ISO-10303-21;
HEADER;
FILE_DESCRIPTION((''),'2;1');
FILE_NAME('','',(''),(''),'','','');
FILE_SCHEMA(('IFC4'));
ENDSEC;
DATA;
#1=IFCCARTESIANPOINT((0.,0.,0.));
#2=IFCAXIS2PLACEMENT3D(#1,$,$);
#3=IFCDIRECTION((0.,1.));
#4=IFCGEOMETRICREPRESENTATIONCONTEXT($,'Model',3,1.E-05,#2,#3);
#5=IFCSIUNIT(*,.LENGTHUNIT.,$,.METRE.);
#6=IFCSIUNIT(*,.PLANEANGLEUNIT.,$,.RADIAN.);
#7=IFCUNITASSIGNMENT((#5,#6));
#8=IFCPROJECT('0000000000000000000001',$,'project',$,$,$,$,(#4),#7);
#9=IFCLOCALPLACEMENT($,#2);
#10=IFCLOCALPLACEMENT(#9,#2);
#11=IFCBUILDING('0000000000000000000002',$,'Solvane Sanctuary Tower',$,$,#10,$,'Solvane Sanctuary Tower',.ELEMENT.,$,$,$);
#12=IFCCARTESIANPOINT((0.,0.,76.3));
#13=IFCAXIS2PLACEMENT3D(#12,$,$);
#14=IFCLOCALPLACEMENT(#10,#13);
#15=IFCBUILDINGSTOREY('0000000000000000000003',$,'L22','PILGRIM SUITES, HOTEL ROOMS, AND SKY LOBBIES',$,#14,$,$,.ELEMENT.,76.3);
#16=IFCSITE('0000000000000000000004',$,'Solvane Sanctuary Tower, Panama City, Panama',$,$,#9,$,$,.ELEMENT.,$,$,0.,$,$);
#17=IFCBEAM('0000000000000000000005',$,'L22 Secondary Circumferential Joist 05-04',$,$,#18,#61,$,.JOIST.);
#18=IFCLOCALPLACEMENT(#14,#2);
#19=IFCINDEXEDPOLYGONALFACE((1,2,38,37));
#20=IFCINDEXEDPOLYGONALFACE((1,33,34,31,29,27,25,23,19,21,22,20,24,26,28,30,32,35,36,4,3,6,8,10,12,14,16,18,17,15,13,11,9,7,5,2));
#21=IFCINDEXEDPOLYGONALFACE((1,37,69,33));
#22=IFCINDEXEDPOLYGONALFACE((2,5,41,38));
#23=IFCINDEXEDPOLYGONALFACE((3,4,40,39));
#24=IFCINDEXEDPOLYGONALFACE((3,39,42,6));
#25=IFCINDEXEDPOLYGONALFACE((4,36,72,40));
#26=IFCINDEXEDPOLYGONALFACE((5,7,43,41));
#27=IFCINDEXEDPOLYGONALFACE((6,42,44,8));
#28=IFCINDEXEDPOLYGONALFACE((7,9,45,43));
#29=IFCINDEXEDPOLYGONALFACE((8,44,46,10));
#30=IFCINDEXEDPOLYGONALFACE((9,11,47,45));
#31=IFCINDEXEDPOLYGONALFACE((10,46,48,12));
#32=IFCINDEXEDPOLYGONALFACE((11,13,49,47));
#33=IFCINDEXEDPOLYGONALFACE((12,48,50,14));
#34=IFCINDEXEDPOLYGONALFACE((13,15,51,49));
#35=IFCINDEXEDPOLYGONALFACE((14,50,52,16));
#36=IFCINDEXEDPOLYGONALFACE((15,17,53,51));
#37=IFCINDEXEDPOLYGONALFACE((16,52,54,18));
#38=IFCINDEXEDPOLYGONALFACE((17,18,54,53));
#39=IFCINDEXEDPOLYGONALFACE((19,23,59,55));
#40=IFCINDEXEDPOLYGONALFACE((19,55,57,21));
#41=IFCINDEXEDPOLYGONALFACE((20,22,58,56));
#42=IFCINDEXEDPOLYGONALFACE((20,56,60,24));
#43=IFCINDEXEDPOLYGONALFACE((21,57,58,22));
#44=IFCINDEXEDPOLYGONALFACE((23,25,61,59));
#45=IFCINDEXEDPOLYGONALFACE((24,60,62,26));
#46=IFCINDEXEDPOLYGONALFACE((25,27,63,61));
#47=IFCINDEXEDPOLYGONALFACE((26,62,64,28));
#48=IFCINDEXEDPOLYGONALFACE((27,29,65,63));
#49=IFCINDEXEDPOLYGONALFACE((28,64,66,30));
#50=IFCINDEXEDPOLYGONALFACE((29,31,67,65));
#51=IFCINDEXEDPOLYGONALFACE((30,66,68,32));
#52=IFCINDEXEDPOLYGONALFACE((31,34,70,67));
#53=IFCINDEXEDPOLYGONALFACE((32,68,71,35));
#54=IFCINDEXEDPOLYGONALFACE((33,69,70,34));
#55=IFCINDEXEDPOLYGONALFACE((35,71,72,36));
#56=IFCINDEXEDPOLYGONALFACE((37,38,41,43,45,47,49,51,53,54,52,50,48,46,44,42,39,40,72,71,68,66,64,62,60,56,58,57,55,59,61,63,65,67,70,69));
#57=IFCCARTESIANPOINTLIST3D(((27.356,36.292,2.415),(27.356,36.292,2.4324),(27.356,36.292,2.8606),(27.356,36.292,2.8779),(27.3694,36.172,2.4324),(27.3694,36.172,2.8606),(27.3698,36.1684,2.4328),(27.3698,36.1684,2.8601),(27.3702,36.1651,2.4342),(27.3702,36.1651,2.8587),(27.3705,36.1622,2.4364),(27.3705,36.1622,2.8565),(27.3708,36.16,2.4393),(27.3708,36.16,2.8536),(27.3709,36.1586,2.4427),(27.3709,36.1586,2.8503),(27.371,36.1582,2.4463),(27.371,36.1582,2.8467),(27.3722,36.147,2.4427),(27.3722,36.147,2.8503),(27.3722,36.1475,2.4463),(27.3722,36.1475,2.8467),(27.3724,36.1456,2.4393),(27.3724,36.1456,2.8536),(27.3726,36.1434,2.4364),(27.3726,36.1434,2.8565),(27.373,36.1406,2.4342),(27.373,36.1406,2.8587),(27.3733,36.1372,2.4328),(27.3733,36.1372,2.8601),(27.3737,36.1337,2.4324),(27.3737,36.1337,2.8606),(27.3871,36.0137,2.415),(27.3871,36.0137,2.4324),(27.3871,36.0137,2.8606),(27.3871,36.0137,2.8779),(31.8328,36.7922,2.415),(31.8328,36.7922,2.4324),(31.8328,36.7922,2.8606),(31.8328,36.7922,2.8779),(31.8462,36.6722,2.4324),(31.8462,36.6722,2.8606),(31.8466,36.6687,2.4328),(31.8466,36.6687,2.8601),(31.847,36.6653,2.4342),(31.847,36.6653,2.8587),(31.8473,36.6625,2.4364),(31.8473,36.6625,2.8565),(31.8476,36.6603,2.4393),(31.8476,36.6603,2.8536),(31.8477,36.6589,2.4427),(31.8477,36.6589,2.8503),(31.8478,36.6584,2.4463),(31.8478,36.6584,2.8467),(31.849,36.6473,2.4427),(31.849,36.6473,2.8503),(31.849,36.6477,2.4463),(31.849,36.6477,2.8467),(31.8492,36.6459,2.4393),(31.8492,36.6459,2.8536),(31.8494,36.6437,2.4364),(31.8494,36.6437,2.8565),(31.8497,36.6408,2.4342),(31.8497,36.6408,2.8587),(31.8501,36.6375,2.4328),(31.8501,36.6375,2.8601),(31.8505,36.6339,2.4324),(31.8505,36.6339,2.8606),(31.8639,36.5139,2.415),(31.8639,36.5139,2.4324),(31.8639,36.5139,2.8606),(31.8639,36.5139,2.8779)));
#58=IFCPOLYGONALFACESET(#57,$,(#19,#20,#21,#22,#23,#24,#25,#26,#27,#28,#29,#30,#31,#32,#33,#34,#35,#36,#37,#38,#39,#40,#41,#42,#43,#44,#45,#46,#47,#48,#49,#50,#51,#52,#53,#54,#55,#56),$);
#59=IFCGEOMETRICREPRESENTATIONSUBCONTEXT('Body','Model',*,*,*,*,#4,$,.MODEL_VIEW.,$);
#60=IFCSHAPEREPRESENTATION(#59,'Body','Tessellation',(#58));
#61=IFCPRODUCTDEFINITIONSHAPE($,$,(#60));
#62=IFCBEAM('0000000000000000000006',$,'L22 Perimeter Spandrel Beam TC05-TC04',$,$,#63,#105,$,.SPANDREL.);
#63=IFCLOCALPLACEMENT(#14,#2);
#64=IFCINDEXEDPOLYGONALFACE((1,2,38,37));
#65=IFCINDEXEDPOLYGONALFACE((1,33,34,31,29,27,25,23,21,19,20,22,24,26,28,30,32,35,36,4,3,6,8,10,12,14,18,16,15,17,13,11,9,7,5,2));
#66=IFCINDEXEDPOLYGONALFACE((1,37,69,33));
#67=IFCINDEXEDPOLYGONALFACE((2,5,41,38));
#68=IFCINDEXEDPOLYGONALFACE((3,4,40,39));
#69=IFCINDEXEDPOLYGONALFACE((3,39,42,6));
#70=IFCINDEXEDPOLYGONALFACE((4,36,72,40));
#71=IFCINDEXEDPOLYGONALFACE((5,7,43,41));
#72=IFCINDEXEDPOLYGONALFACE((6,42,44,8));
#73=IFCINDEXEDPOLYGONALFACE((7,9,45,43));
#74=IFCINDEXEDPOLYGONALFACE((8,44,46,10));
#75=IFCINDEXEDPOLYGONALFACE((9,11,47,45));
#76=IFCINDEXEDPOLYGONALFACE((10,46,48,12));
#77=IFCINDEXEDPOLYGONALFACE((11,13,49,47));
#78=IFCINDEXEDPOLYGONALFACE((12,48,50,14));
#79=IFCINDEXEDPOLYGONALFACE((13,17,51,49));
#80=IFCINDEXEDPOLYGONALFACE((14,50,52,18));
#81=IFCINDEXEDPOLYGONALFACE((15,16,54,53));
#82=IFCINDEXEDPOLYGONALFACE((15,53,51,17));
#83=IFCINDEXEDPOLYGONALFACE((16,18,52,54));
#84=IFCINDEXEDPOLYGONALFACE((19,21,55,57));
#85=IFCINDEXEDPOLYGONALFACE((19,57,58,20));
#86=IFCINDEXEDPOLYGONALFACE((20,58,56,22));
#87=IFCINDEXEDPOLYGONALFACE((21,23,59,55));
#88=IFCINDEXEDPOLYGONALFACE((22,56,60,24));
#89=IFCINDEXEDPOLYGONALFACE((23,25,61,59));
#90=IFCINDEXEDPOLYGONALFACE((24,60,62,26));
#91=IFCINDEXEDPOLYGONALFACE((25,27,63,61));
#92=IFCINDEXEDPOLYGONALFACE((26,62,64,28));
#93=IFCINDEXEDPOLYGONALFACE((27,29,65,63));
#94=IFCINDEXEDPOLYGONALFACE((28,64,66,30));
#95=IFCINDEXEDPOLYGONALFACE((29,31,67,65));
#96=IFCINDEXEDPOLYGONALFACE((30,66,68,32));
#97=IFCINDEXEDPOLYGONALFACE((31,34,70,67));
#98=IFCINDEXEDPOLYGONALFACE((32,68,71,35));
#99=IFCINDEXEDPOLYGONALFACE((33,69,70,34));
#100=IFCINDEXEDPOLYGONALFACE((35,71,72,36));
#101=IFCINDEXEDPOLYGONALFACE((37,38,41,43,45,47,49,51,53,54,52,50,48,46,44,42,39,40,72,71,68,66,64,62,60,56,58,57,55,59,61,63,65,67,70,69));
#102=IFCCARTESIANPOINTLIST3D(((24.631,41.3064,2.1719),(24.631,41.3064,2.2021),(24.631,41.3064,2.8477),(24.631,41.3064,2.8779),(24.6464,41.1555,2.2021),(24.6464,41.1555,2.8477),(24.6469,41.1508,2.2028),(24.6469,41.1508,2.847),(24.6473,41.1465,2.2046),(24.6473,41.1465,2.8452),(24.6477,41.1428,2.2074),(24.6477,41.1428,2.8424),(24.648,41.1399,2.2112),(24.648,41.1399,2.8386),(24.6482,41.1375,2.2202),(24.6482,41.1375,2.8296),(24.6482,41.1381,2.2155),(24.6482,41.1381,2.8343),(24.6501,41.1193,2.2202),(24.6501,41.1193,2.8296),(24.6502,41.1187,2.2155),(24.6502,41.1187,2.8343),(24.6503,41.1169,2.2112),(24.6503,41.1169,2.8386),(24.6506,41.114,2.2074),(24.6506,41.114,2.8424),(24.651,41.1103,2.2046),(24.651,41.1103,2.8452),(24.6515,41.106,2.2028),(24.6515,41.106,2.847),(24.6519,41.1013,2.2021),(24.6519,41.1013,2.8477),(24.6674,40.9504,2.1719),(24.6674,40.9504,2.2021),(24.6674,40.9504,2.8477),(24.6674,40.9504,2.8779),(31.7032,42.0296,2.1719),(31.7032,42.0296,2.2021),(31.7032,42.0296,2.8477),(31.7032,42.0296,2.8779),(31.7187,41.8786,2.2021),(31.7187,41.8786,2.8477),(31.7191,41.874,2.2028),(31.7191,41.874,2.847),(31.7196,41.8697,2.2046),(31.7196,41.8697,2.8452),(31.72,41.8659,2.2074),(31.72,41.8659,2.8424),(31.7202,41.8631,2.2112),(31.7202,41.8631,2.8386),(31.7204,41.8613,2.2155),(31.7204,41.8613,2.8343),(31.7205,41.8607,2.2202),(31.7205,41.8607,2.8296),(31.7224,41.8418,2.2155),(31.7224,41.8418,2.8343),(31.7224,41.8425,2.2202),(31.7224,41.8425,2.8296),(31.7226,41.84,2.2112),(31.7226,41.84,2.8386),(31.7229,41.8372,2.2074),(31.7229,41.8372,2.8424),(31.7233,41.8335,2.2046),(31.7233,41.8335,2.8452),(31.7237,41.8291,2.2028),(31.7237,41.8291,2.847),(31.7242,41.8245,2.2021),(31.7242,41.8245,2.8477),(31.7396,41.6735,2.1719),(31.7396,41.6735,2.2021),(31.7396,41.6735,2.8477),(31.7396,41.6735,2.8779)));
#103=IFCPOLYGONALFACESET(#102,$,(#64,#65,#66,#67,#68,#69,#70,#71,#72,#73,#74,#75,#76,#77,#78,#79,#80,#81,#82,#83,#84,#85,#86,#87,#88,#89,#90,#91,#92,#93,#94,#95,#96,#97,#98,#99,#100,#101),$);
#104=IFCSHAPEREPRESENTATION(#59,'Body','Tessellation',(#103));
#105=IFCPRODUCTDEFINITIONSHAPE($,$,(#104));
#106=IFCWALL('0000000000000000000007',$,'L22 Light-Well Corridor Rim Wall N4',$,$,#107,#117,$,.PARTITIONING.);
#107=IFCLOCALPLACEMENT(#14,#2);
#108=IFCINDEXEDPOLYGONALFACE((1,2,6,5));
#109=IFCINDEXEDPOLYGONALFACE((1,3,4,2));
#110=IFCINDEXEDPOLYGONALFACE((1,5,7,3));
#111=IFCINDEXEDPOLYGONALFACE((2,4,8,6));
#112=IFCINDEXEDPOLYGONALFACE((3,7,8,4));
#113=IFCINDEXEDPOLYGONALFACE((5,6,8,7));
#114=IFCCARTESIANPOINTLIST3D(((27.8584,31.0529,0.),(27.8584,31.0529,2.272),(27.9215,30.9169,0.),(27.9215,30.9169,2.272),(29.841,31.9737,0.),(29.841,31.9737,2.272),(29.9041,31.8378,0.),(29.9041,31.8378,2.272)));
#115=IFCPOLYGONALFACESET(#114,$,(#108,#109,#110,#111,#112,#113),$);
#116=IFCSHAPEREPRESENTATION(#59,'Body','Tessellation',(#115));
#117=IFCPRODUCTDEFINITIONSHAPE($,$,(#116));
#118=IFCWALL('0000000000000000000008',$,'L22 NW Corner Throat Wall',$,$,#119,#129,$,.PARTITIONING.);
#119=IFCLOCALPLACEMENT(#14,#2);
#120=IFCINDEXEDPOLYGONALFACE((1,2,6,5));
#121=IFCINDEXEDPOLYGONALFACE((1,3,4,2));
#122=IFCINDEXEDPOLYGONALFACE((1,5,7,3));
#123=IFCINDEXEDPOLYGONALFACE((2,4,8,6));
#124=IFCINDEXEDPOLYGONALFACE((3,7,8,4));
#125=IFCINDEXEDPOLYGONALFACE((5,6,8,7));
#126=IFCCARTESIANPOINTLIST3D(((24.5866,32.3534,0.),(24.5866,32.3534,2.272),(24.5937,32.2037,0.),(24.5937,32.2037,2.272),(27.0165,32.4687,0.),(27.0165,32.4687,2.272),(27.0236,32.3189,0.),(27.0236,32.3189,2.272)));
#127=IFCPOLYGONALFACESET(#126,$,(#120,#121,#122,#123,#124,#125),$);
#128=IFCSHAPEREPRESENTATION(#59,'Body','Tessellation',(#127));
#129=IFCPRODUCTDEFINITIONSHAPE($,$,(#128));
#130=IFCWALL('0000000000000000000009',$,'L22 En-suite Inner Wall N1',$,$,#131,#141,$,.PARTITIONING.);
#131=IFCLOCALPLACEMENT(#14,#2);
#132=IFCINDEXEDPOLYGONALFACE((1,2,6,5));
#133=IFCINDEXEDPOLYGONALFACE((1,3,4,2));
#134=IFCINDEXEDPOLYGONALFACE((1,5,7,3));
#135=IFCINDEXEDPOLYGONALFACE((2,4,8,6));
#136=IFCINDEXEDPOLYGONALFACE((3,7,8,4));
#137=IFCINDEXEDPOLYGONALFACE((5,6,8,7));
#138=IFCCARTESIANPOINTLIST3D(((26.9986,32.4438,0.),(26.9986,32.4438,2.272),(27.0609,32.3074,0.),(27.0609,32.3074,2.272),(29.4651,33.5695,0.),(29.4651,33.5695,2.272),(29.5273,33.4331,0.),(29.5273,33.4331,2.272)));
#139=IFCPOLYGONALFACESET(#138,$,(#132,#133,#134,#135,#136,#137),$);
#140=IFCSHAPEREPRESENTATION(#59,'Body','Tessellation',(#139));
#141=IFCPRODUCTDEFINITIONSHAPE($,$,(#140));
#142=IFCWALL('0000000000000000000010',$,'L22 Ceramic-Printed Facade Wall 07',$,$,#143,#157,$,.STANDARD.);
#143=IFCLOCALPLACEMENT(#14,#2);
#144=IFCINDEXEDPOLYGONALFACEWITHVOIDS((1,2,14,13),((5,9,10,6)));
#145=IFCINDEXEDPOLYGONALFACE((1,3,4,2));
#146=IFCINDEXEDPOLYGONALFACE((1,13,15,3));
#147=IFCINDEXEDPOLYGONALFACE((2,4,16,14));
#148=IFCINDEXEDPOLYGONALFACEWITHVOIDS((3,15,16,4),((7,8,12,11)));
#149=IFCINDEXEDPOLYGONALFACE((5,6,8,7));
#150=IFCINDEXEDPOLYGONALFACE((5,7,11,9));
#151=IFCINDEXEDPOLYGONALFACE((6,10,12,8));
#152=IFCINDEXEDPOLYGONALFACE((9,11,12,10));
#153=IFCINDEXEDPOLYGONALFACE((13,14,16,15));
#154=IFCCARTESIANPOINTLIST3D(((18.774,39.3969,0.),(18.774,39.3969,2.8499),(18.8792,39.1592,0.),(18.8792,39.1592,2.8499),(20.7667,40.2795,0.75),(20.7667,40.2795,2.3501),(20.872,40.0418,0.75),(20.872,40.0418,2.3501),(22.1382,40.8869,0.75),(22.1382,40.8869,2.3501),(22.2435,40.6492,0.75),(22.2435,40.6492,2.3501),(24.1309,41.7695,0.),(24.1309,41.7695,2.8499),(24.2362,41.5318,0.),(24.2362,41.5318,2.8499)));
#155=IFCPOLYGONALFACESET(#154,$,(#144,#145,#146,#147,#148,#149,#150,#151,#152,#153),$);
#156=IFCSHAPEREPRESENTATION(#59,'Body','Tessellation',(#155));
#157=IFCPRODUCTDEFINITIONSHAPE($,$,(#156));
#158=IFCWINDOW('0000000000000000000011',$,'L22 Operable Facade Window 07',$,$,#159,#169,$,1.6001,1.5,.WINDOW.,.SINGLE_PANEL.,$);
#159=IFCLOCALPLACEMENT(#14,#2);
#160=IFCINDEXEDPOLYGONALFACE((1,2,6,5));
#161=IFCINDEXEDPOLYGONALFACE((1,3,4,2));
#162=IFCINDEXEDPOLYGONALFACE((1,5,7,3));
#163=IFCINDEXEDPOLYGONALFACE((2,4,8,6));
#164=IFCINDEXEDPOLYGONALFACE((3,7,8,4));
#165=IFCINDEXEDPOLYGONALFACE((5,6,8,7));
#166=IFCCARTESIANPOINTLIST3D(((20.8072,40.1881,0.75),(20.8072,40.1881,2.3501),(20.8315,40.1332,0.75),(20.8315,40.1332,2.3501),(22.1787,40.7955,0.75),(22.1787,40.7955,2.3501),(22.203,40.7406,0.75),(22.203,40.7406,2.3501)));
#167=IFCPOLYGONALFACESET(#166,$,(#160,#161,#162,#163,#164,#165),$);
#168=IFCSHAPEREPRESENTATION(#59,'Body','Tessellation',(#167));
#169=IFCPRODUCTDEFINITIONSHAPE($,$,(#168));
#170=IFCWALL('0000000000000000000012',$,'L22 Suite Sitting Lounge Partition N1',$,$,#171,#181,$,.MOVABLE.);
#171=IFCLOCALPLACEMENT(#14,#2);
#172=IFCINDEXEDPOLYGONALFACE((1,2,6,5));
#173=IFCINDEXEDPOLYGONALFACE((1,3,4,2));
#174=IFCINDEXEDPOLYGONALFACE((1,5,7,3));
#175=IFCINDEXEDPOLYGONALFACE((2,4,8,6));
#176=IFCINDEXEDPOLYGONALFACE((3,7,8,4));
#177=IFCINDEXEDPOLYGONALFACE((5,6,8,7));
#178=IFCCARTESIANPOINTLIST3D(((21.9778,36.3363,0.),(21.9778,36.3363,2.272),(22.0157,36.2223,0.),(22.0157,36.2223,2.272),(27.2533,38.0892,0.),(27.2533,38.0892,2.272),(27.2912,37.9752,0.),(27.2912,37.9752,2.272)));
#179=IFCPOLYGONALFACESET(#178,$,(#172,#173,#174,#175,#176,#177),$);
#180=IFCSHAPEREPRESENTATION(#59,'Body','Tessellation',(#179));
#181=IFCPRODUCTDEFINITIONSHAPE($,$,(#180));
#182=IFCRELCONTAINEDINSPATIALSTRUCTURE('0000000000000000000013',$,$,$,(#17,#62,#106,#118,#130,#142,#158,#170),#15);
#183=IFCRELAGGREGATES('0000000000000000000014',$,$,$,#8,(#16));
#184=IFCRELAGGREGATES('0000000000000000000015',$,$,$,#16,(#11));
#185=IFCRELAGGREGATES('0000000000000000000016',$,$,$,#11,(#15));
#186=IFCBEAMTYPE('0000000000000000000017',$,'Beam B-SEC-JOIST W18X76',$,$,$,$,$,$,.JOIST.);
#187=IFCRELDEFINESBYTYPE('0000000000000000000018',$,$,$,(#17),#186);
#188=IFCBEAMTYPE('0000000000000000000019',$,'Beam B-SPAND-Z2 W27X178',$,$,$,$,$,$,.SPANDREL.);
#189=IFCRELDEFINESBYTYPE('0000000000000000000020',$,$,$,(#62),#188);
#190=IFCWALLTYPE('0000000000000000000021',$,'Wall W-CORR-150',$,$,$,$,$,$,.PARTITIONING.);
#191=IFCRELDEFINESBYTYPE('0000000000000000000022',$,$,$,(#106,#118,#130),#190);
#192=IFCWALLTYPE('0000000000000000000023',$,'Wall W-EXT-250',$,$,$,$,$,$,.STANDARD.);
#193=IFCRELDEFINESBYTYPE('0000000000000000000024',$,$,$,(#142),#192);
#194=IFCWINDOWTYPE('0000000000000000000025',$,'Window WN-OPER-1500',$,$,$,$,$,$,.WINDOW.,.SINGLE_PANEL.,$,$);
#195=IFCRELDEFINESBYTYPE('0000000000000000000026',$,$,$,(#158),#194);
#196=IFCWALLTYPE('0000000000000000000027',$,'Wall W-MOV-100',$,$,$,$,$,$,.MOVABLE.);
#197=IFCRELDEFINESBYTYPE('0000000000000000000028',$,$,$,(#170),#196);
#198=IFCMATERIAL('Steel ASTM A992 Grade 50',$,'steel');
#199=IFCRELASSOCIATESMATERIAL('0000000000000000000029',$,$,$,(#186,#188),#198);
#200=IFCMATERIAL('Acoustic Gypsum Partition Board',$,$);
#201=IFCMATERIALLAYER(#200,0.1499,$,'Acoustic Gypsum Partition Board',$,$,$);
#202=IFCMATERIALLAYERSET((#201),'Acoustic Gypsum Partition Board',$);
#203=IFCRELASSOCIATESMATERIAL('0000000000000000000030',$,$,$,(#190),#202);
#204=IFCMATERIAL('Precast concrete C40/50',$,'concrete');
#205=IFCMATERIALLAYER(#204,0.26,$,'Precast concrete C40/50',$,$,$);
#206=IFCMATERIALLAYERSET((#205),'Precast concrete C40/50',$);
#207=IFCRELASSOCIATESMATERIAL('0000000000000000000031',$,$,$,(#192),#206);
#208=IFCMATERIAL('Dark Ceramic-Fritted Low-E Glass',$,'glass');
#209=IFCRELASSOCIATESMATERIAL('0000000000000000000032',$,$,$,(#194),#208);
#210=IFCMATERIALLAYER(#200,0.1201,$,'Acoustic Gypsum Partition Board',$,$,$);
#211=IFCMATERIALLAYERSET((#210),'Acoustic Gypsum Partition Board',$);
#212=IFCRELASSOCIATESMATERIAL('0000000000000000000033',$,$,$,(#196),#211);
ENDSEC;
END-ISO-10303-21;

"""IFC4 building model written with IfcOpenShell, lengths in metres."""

from ifc_helpers import new_model, si_unit, direction, frame, frame_2d, origin, origin_2d, place, context, subcontext, project, spatial, rectangle, i_section, extrude, material, layer, layer_set, material_profile, profile_set, type_object, element, fill, save


model = new_model("IFC4")

# Units and contexts
model_context = context("Model", 3, precision=1e-05, world=origin(), true_north=direction((0.0, 1.0)))
body_context = subcontext(model_context, "Body", "Model", "MODEL_VIEW")
ifc_project = project(units=[si_unit("LENGTHUNIT", "METRE"), si_unit("PLANEANGLEUNIT", "RADIAN")], contexts=[model_context])

# Site, building, storey
site_placement = place(None, origin())
site = spatial("IfcSite", under=ifc_project, at=site_placement, Name="Solvane Sanctuary Tower, Panama City, Panama", CompositionType="ELEMENT", RefElevation=0.0)
building_placement = place(site_placement, origin())
building = spatial("IfcBuilding", under=site, at=building_placement, Name="Solvane Sanctuary Tower", LongName="Solvane Sanctuary Tower", CompositionType="ELEMENT")
storey_placement = place(building_placement, frame((0.0, 0.0, 76.3)))
storey = spatial("IfcBuildingStorey", under=building, at=storey_placement, Name="L22", Description="PILGRIM SUITES, HOTEL ROOMS, AND SKY LOBBIES", CompositionType="ELEMENT", Elevation=76.3)

# Beams
ifc_material_1 = material(Name="Steel ASTM A992 Grade 50", Category="steel")
ifc_material_profile_1 = material_profile(ifc_material_1, i_section(OverallWidth=0.28, OverallDepth=0.4629, WebThickness=0.0107, FlangeThickness=0.0173, FilletRadius=0.0139, at=origin_2d()), Name="W18X76")
ifc_profile_set_1 = profile_set([ifc_material_profile_1], Name="Steel ASTM A992 Grade 50")
beam_type_1 = type_object("IfcBeamType", Name="Beam B-SEC-JOIST W18X76", PredefinedType="JOIST", material=ifc_profile_set_1)
beam_1_placement = place(storey_placement, frame((27.3716, 36.1528, 2.6465), z_axis=(0.993815, 0.11105, 0.0), x_axis=(-0.11105, 0.993815, 0.0)))
element("IfcBeam", 1, at=beam_1_placement, inside=storey, type_object=beam_type_1, Name="L22 Secondary Circumferential Joist 05-04", PredefinedType="JOIST", context=body_context, shape_type="SweptSolid", body=[
    extrude(i_section(OverallWidth=0.28, OverallDepth=0.4629, WebThickness=0.0107, FlangeThickness=0.0173, FilletRadius=0.0139, at=origin_2d()), origin(), (0.0, 0.0, 1.0), 4.5046),
])
ifc_material_profile_2 = material_profile(ifc_material_1, i_section(OverallWidth=0.3579, OverallDepth=0.7061, WebThickness=0.0183, FlangeThickness=0.0303, FilletRadius=0.0181, at=origin_2d()), Name="W27X178")
ifc_profile_set_2 = profile_set([ifc_material_profile_2], Name="Steel ASTM A992 Grade 50")
beam_type_2 = type_object("IfcBeamType", Name="Beam B-SPAND-Z2 W27X178", PredefinedType="SPANDREL", material=ifc_profile_set_2)
beam_2_placement = place(storey_placement, frame((24.6492, 41.1284, 2.5249), z_axis=(0.994813, 0.10172, 0.0), x_axis=(-0.10172, 0.994813, 0.0)))
element("IfcBeam", 2, at=beam_2_placement, inside=storey, type_object=beam_type_2, Name="L22 Perimeter Spandrel Beam TC05-TC04", PredefinedType="SPANDREL", context=body_context, shape_type="SweptSolid", body=[
    extrude(i_section(OverallWidth=0.3579, OverallDepth=0.7061, WebThickness=0.0183, FlangeThickness=0.0303, FilletRadius=0.0181, at=origin_2d()), origin(), (0.0, 0.0, 1.0), 7.1091),
])

# Walls
ifc_material_2 = material(Name="Acoustic Gypsum Partition Board")
ifc_layer_1 = layer(ifc_material_2, 0.1499, Name="Acoustic Gypsum Partition Board")
ifc_layer_set_1 = layer_set([ifc_layer_1], Name="Acoustic Gypsum Partition Board")
wall_type_1 = type_object("IfcWallType", Name="Wall W-CORR-150", PredefinedType="PARTITIONING", material=ifc_layer_set_1)
wall_1_placement = place(storey_placement, frame((29.8726, 31.9058, 0.0), z_axis=(0.0, 0.0, 1.0), x_axis=(-0.906943, -0.421252, 0.0)))
element("IfcWall", 3, at=wall_1_placement, inside=storey, type_object=wall_type_1, Name="L22 Light-Well Corridor Rim Wall N4", PredefinedType="PARTITIONING", context=body_context, shape_type="SweptSolid", body=[
    extrude(rectangle(XDim=2.186, YDim=0.1499, at=frame_2d((1.093, 0.0))), origin(), (0.0, 0.0, 1.0), 2.272),
])
wall_2_placement = place(storey_placement, frame((27.02, 32.3938, 0.0), z_axis=(0.0, 0.0, 1.0), x_axis=(-0.998877, -0.04737, 0.0)))
element("IfcWall", 4, at=wall_2_placement, inside=storey, type_object=wall_type_1, Name="L22 NW Corner Throat Wall", PredefinedType="PARTITIONING", context=body_context, shape_type="SweptSolid", body=[
    extrude(rectangle(XDim=2.4326, YDim=0.1499, at=frame_2d((1.2163, 0.0))), origin(), (0.0, 0.0, 1.0), 2.272),
])
wall_3_placement = place(storey_placement, frame((29.4961, 33.5012, 0.0), z_axis=(0.0, 0.0, 1.0), x_axis=(-0.90973, -0.4152, 0.0)))
element("IfcWall", 5, at=wall_3_placement, inside=storey, type_object=wall_type_1, Name="L22 En-suite Inner Wall N1", PredefinedType="PARTITIONING", context=body_context, shape_type="SweptSolid", body=[
    extrude(rectangle(XDim=2.7112, YDim=0.1499, at=frame_2d((1.3555, 0.0))), origin(), (0.0, 0.0, 1.0), 2.272),
])

# Wall, opening, window
ifc_material_3 = material(Name="Precast concrete C40/50", Category="concrete")
ifc_layer_2 = layer(ifc_material_3, 0.26, Name="Precast concrete C40/50")
ifc_layer_set_2 = layer_set([ifc_layer_2], Name="Precast concrete C40/50")
wall_type_2 = type_object("IfcWallType", Name="Wall W-EXT-250", PredefinedType="STANDARD", material=ifc_layer_set_2)
wall_4_placement = place(storey_placement, frame((24.1836, 41.6506, 0.0), z_axis=(0.0, 0.0, 1.0), x_axis=(-0.914337, -0.404955, 0.0)))
wall_4 = element("IfcWall", 6, at=wall_4_placement, inside=storey, type_object=wall_type_2, Name="L22 Ceramic-Printed Facade Wall 07", PredefinedType="STANDARD", context=body_context, shape_type="SweptSolid", body=[
    extrude(rectangle(XDim=5.8589, YDim=0.26, at=frame_2d((2.9294, 0.0))), origin(), (0.0, 0.0, 1.0), 2.8499),
])
opening_1_placement = place(wall_4_placement, frame((2.1794, 0.0, 0.75)))
opening_1 = element("IfcOpeningElement", 7, at=opening_1_placement, cuts=wall_4, PredefinedType="OPENING", context=body_context, shape_type="SweptSolid", body=[
    extrude(rectangle(XDim=1.5, YDim=1.6001, at=frame_2d((0.75, 0.8))), frame((0.0, 0.1399, 0.0), z_axis=(0.0, -1.0, 0.0), x_axis=(1.0, 0.0, 0.0)), (0.0, 0.0, 1.0), 0.28),
])
ifc_material_4 = material(Name="Dark Ceramic-Fritted Low-E Glass", Category="glass")
window_type = type_object("IfcWindowType", Name="Window WN-OPER-1500", PartitioningType="SINGLE_PANEL", PredefinedType="WINDOW", material=ifc_material_4)
window_placement = place(opening_1_placement, origin())
window = element("IfcWindow", 8, at=window_placement, inside=storey, type_object=window_type, Name="L22 Operable Facade Window 07", OverallHeight=1.6001, OverallWidth=1.5, PartitioningType="SINGLE_PANEL", PredefinedType="WINDOW", context=body_context, shape_type="SweptSolid", body=[
    extrude(rectangle(XDim=1.5, YDim=1.6001, at=frame_2d((0.75, 0.8))), frame((0.0, 0.03, 0.0), z_axis=(0.0, -1.0, 0.0), x_axis=(1.0, 0.0, 0.0)), (0.0, 0.0, 1.0), 0.0601),
])
fill(opening_1, window)

# Wall
ifc_layer_3 = layer(ifc_material_2, 0.1201, Name="Acoustic Gypsum Partition Board")
ifc_layer_set_3 = layer_set([ifc_layer_3], Name="Acoustic Gypsum Partition Board")
wall_type_3 = type_object("IfcWallType", Name="Wall W-MOV-100", PredefinedType="MOVABLE", material=ifc_layer_set_3)
wall_5_placement = place(storey_placement, frame((27.2722, 38.0322, 0.0), z_axis=(0.0, 0.0, 1.0), x_axis=(-0.948982, -0.315332, 0.0)))
element("IfcWall", 9, at=wall_5_placement, inside=storey, type_object=wall_type_3, Name="L22 Suite Sitting Lounge Partition N1", PredefinedType="MOVABLE", context=body_context, shape_type="SweptSolid", body=[
    extrude(rectangle(XDim=5.5591, YDim=0.1201, at=frame_2d((2.7795, 0.0))), origin(), (0.0, 0.0, 1.0), 2.272),
])

save(model, "model.ifc")
